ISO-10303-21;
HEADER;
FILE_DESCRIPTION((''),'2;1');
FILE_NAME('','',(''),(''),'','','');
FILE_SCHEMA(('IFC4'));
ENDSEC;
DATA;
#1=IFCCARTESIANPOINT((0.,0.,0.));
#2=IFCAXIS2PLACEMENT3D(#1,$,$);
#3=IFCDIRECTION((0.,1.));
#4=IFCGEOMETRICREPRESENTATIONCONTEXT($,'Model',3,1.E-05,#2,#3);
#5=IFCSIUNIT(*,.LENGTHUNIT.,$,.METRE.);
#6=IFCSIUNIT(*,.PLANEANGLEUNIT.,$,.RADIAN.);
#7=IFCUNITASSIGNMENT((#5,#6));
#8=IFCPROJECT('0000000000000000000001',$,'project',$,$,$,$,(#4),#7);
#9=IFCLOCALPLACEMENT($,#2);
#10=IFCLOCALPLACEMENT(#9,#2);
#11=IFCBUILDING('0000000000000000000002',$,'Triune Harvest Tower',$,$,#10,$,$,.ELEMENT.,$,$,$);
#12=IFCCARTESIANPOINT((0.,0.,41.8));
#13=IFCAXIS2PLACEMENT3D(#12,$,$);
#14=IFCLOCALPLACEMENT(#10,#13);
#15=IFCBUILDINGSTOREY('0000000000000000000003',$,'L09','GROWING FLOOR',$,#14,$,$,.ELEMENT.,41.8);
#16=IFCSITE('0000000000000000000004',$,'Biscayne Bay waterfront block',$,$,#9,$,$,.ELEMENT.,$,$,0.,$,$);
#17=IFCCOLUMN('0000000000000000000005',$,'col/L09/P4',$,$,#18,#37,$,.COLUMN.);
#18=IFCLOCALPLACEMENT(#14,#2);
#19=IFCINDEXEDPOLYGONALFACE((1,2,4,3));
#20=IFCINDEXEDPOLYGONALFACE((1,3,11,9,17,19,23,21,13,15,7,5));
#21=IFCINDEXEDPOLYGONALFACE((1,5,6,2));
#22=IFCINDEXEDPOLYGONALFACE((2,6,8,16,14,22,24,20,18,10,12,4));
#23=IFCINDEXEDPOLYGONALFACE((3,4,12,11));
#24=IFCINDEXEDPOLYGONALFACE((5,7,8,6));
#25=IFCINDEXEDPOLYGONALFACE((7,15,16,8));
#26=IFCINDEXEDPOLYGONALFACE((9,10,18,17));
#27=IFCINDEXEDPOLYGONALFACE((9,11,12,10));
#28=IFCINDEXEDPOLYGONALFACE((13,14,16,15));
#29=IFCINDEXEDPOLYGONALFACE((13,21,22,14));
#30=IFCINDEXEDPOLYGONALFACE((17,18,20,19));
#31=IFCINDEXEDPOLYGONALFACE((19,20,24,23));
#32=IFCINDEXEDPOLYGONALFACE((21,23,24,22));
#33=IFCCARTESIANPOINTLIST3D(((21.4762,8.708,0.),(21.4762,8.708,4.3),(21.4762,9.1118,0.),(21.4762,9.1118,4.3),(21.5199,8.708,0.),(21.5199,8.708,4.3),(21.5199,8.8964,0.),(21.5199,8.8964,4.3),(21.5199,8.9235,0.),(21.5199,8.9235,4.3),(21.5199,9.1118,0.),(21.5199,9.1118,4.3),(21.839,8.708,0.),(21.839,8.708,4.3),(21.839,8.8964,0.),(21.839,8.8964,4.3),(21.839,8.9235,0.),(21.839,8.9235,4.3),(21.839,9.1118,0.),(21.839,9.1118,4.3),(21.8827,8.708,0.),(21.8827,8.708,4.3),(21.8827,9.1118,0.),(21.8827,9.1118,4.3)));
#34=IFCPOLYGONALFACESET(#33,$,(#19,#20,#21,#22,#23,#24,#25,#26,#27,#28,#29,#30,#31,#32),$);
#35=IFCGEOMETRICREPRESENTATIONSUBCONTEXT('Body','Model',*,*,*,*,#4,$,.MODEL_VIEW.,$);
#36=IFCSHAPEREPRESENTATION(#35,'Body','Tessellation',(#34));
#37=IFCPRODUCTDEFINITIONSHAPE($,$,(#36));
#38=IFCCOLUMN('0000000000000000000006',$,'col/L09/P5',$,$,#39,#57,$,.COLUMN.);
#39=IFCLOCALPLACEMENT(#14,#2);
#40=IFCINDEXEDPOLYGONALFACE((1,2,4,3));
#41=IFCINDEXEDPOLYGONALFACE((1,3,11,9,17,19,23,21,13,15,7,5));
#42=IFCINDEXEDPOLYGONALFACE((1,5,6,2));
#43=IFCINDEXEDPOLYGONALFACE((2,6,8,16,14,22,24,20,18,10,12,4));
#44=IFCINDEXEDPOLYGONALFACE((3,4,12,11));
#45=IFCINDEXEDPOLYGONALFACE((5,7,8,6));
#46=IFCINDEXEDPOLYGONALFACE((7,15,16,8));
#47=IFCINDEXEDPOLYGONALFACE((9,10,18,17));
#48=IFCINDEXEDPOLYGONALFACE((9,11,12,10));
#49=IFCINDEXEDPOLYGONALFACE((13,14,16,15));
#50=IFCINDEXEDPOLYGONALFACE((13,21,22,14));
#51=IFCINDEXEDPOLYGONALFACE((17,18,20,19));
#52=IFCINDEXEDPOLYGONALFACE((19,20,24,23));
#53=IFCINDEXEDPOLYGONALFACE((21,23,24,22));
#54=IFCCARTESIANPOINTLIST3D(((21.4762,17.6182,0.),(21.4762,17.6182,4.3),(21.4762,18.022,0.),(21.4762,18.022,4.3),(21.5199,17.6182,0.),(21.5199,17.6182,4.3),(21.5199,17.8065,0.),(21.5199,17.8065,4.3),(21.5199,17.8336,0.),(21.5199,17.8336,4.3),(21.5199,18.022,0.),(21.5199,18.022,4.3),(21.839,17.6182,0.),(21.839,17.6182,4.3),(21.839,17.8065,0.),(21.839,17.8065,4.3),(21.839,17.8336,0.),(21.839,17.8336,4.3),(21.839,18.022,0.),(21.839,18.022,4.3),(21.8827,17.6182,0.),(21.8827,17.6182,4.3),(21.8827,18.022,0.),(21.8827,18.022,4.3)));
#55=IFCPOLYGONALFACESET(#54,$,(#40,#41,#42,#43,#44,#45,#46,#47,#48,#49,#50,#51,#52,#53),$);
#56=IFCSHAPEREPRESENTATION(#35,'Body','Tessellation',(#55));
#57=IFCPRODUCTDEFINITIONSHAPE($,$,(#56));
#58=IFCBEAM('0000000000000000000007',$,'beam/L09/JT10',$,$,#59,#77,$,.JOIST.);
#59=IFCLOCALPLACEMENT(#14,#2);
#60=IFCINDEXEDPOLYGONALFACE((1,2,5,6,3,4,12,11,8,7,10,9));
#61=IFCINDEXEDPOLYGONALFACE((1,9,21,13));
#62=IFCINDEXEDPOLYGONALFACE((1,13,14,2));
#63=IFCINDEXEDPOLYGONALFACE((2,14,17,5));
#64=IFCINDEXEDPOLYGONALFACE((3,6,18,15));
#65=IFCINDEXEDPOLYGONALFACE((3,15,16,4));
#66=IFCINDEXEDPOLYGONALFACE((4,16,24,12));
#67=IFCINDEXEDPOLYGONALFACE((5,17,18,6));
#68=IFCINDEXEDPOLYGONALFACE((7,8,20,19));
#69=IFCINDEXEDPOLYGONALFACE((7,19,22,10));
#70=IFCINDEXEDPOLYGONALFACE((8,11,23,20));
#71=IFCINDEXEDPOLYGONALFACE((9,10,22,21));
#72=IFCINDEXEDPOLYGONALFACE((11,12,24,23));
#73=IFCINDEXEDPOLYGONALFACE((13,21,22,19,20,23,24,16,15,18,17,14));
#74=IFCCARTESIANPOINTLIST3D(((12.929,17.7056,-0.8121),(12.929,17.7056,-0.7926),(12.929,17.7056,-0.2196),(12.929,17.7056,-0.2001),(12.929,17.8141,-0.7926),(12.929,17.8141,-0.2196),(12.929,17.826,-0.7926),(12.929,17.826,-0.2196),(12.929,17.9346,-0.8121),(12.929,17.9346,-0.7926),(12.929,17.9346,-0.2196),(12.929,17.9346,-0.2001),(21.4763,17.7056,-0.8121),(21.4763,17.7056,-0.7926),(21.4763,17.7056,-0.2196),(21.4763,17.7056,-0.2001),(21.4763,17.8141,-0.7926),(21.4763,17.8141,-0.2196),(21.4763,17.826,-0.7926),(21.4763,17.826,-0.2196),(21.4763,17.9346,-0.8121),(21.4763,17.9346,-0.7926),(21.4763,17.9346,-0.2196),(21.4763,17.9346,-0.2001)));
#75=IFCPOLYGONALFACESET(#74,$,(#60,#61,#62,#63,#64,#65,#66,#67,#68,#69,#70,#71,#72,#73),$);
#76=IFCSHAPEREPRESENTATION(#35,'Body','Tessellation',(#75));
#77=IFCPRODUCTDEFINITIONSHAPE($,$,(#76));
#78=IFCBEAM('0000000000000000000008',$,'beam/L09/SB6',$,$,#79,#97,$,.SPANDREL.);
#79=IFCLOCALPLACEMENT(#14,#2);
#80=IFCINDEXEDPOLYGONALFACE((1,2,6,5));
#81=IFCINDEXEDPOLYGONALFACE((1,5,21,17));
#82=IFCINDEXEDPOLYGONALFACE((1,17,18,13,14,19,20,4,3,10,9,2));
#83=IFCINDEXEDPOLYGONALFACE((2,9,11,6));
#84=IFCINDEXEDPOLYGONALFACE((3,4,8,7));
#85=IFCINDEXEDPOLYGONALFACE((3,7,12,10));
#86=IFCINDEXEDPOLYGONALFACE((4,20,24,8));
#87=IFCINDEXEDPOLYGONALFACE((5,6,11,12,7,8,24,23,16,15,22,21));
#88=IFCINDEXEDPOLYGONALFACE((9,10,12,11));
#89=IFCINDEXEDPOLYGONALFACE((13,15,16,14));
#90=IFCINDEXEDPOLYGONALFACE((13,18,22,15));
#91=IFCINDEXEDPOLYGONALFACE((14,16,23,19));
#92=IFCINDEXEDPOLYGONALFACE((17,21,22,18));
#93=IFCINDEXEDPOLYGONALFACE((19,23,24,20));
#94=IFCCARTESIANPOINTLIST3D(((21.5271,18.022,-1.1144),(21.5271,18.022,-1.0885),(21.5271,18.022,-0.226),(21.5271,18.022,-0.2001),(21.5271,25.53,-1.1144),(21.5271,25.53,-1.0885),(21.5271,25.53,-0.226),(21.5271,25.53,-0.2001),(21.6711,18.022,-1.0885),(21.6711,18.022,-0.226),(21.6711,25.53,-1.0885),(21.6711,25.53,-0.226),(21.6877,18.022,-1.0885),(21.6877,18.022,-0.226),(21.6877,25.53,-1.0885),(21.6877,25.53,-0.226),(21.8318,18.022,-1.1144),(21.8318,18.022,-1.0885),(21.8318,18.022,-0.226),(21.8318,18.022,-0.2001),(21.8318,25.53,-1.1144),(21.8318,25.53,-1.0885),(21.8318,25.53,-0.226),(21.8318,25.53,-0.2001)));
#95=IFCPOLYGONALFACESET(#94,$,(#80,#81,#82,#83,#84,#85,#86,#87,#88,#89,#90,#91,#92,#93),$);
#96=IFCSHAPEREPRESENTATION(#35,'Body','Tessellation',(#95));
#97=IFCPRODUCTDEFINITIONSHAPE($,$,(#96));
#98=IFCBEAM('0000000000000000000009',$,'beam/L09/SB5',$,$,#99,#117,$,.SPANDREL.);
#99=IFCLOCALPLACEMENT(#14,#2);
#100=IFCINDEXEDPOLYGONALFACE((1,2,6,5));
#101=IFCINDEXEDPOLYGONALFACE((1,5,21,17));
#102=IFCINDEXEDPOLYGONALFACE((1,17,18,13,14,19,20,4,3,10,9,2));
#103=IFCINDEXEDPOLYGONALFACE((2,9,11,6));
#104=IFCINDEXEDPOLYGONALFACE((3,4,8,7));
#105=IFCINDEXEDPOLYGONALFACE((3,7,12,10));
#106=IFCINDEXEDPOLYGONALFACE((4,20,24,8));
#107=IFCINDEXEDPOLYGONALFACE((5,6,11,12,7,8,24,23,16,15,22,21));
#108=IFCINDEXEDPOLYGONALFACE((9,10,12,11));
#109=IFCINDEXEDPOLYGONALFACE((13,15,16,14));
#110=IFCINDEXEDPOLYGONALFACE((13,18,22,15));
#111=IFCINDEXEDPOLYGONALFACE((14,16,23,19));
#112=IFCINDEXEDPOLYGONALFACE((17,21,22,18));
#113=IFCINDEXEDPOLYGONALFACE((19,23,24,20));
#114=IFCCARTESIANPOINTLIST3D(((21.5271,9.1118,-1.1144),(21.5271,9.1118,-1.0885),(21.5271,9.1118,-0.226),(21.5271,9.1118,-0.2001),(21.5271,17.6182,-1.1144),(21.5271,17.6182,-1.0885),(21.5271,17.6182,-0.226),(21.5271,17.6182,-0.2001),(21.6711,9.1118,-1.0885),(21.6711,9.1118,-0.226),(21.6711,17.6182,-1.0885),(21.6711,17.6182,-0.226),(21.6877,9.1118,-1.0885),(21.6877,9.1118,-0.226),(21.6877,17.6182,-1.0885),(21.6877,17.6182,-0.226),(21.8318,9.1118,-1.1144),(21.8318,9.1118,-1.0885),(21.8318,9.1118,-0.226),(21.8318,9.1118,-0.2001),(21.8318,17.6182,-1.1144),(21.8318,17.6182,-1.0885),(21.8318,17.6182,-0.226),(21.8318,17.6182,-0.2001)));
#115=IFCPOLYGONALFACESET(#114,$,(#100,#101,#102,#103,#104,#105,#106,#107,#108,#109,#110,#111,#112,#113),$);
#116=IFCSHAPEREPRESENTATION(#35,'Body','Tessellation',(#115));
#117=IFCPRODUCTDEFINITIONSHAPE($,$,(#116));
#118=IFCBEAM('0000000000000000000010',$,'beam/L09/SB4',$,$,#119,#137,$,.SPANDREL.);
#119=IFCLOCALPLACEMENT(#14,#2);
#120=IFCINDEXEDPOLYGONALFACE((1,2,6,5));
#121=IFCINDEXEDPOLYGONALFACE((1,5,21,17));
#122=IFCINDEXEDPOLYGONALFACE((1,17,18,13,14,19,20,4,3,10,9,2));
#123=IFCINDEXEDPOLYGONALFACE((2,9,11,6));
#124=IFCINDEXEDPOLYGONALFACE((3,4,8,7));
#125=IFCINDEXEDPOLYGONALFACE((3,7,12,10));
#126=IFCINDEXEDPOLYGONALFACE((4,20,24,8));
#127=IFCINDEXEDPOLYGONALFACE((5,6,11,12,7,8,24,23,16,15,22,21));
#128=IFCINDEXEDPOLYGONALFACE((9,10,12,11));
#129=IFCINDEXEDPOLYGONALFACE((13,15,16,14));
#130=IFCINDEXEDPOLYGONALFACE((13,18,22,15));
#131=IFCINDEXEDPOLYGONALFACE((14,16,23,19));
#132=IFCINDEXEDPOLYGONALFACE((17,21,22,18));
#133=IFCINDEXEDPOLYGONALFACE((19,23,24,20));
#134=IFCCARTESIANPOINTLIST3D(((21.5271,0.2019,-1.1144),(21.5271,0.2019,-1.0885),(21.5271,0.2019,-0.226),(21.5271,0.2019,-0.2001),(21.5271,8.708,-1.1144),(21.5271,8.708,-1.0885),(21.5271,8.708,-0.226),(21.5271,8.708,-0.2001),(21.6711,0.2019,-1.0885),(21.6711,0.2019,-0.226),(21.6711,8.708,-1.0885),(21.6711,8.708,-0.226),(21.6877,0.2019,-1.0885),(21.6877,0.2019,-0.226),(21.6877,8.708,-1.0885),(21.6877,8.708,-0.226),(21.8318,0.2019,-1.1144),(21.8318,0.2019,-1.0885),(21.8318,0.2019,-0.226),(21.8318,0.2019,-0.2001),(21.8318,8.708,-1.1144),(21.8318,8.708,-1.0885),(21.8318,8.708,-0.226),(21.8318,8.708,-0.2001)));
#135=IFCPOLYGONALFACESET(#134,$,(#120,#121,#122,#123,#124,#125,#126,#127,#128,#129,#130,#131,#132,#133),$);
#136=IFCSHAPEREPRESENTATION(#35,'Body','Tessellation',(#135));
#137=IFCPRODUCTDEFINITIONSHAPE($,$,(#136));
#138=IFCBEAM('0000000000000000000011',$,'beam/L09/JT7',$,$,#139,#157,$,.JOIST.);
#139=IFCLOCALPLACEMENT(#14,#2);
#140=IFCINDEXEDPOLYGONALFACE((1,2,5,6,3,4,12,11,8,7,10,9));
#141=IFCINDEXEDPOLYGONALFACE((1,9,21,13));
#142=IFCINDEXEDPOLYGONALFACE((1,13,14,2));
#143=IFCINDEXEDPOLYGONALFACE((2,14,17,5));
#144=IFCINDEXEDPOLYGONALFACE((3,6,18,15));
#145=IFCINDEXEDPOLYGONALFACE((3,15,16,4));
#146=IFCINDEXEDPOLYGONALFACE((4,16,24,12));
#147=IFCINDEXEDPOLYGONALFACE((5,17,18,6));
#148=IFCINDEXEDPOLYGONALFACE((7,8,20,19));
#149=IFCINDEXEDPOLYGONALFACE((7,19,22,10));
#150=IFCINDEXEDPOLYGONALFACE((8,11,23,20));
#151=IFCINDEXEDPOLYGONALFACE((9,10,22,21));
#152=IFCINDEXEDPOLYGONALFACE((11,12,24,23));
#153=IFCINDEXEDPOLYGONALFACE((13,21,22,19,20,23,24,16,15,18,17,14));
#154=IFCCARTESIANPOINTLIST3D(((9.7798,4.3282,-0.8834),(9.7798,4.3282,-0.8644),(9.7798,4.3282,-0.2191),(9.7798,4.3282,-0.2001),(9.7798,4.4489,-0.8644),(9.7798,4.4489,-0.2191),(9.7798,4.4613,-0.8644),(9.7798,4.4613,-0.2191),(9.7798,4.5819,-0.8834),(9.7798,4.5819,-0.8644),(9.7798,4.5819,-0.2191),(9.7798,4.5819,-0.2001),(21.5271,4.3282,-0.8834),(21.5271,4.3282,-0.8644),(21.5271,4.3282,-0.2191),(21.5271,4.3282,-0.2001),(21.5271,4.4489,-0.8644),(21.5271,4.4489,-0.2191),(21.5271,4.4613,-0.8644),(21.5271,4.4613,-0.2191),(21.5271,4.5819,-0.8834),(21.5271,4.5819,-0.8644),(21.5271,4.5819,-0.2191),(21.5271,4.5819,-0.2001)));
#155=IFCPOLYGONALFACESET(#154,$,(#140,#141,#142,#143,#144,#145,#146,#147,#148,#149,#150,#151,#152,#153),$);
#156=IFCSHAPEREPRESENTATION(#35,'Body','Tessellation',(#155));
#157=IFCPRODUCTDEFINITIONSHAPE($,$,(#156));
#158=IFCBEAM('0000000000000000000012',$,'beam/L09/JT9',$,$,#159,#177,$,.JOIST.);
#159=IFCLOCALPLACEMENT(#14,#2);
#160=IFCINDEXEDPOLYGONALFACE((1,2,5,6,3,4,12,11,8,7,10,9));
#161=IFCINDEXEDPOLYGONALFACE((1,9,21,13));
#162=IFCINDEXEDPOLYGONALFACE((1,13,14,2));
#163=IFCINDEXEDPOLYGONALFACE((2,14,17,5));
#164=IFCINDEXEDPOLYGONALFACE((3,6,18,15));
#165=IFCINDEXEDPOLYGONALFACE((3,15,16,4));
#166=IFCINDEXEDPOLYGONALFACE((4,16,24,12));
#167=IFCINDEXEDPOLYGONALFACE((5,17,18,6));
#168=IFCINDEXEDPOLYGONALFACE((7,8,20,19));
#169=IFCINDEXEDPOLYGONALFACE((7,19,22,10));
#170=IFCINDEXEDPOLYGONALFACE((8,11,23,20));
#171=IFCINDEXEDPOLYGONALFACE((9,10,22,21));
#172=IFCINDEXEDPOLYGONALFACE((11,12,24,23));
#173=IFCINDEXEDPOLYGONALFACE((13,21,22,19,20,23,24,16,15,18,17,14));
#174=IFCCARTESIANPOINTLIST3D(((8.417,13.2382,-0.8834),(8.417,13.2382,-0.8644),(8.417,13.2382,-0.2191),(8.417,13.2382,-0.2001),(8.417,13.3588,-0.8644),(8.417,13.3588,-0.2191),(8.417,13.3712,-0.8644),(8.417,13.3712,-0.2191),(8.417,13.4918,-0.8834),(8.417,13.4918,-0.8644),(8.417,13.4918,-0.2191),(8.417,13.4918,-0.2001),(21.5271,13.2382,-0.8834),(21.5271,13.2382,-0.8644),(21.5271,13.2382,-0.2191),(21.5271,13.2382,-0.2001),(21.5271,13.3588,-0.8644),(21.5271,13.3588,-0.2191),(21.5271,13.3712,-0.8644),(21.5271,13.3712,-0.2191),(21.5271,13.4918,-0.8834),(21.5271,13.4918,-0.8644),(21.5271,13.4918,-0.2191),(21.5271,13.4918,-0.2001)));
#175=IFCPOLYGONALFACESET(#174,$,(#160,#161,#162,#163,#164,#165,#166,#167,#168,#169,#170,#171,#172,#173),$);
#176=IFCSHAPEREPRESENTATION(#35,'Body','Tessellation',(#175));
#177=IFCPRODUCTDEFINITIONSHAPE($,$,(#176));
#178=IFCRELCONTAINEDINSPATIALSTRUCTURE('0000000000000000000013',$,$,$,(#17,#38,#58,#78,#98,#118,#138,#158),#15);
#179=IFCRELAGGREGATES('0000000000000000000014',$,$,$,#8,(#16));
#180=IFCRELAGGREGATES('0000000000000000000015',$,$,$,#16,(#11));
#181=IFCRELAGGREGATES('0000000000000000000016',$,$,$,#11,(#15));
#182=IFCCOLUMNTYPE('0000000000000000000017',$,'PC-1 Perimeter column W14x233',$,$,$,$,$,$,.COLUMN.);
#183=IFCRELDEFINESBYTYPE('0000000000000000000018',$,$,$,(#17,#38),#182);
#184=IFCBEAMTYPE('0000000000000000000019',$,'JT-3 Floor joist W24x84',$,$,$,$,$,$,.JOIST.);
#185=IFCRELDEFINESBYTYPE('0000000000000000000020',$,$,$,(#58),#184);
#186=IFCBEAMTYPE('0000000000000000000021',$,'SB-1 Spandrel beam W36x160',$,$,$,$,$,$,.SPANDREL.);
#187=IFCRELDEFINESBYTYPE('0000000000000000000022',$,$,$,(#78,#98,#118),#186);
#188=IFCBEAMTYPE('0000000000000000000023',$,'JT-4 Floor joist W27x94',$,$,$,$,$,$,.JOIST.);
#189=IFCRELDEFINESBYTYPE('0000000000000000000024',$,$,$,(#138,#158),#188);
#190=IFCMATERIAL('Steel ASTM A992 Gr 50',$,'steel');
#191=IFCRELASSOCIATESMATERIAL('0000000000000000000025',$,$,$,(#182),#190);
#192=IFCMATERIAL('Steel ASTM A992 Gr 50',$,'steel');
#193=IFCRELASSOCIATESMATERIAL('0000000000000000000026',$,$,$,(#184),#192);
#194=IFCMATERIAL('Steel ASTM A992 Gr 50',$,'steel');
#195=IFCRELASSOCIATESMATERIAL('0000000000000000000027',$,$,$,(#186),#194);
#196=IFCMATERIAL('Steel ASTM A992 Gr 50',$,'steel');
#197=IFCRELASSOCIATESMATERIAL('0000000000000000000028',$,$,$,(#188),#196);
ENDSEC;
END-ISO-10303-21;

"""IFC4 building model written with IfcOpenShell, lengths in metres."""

from ifc_helpers import new_model, si_unit, direction, frame, origin, origin_2d, place, context, subcontext, project, spatial, i_section, extrude, source, transform, mapped, material, material_profile, profile_set, type_object, element, save


model = new_model("IFC4")

# Units and contexts
model_context = context("Model", 3, precision=1e-05, world=origin(), true_north=direction((0.0, 1.0)))
body_context = subcontext(model_context, "Body", "Model", "MODEL_VIEW")
ifc_project = project(units=[si_unit("LENGTHUNIT", "METRE"), si_unit("PLANEANGLEUNIT", "RADIAN")], contexts=[model_context])

# Site, building, storey
site_placement = place(None, origin())
site = spatial("IfcSite", under=ifc_project, at=site_placement, Name="Biscayne Bay waterfront block", CompositionType="ELEMENT", RefElevation=0.0)
building_placement = place(site_placement, origin())
building = spatial("IfcBuilding", under=site, at=building_placement, Name="Triune Harvest Tower", CompositionType="ELEMENT")
storey_placement = place(building_placement, frame((0.0, 0.0, 41.8)))
storey = spatial("IfcBuildingStorey", under=building, at=storey_placement, Name="L09", Description="GROWING FLOOR", CompositionType="ELEMENT", Elevation=41.8)

# Columns
ifc_material_1 = material(Name="Steel ASTM A992 Gr 50", Category="steel")
ifc_material_profile_1 = material_profile(ifc_material_1, i_section(OverallWidth=0.4038, OverallDepth=0.4065, WebThickness=0.0271, FlangeThickness=0.0437, at=origin_2d()), Name="W14x233")
ifc_profile_set_1 = profile_set([ifc_material_profile_1], Name="Steel ASTM A992 Gr 50")
column_type = type_object("IfcColumnType", Name="PC-1 Perimeter column W14x233", PredefinedType="COLUMN", material=ifc_profile_set_1)
shared_shape_1 = source(origin(), body_context, "Body", "SweptSolid", [
    extrude(i_section(OverallWidth=0.4038, OverallDepth=0.4065, WebThickness=0.0271, FlangeThickness=0.0437, at=origin_2d()), origin(), (0.0, 0.0, 1.0), 4.3),
])
for number, where, z_axis, x_axis, name in (
    (1, (21.6794, 8.9099, 0.0), (0.0, 0.0, 1.0), (0.0, 1.0, 0.0), "col/L09/P4"),
    (2, (21.6794, 17.8201, 0.0), (0.0, 0.0, 1.0), (0.0, 1.0, 0.0), "col/L09/P5"),
):
    element("IfcColumn", number, at=place(storey_placement, frame(where, z_axis=z_axis, x_axis=x_axis)), inside=storey, type_object=column_type, Name=name, PredefinedType="COLUMN", context=body_context, shape_type="MappedRepresentation", body=[
        mapped(shared_shape_1, transform((0.0, 0.0, 0.0), scale=1.0)),
    ])

# Beams
ifc_material_2 = material(Name="Steel ASTM A992 Gr 50", Category="steel")
ifc_material_profile_2 = material_profile(ifc_material_2, i_section(OverallWidth=0.229, OverallDepth=0.6121, WebThickness=0.012, FlangeThickness=0.0195, at=origin_2d()), Name="W24x84")
ifc_profile_set_2 = profile_set([ifc_material_profile_2], Name="Steel ASTM A992 Gr 50")
beam_type_1 = type_object("IfcBeamType", Name="JT-3 Floor joist W24x84", PredefinedType="JOIST", material=ifc_profile_set_2)
shared_shape_2 = source(origin(), body_context, "Body", "SweptSolid", [
    extrude(i_section(OverallWidth=0.229, OverallDepth=0.6121, WebThickness=0.012, FlangeThickness=0.0195, at=origin_2d()), origin(), (0.0, 0.0, 1.0), 8.5474),
])
beam_1_placement = place(storey_placement, frame((21.4763, 17.8201, -0.5061), z_axis=(-1.0, 0.0, 0.0), x_axis=(0.0, -1.0, 0.0)))
element("IfcBeam", 3, at=beam_1_placement, inside=storey, type_object=beam_type_1, Name="beam/L09/JT10", PredefinedType="JOIST", context=body_context, shape_type="MappedRepresentation", body=[
    mapped(shared_shape_2, transform((0.0, 0.0, 0.0), scale=1.0)),
])
ifc_material_3 = material(Name="Steel ASTM A992 Gr 50", Category="steel")
ifc_material_profile_3 = material_profile(ifc_material_3, i_section(OverallWidth=0.3047, OverallDepth=0.9143, WebThickness=0.0166, FlangeThickness=0.0259, at=origin_2d()), Name="W36x160")
ifc_profile_set_3 = profile_set([ifc_material_profile_3], Name="Steel ASTM A992 Gr 50")
beam_type_2 = type_object("IfcBeamType", Name="SB-1 Spandrel beam W36x160", PredefinedType="SPANDREL", material=ifc_profile_set_3)
shared_shape_3 = source(origin(), body_context, "Body", "SweptSolid", [
    extrude(i_section(OverallWidth=0.3047, OverallDepth=0.9143, WebThickness=0.0166, FlangeThickness=0.0259, at=origin_2d()), origin(), (0.0, 0.0, 1.0), 7.5081),
])
beam_2_placement = place(storey_placement, frame((21.6794, 18.022, -0.6572), z_axis=(0.0, 1.0, 0.0), x_axis=(-1.0, 0.0, 0.0)))
element("IfcBeam", 4, at=beam_2_placement, inside=storey, type_object=beam_type_2, Name="beam/L09/SB6", PredefinedType="SPANDREL", context=body_context, shape_type="MappedRepresentation", body=[
    mapped(shared_shape_3, transform((0.0, 0.0, 0.0), scale=1.0)),
])
shared_shape_4 = source(origin(), body_context, "Body", "SweptSolid", [
    extrude(i_section(OverallWidth=0.3047, OverallDepth=0.9143, WebThickness=0.0166, FlangeThickness=0.0259, at=origin_2d()), origin(), (0.0, 0.0, 1.0), 8.5063),
])
beam_3_placement = place(storey_placement, frame((21.6794, 9.1118, -0.6572), z_axis=(0.0, 1.0, 0.0), x_axis=(-1.0, 0.0, 0.0)))
element("IfcBeam", 5, at=beam_3_placement, inside=storey, type_object=beam_type_2, Name="beam/L09/SB5", PredefinedType="SPANDREL", context=body_context, shape_type="MappedRepresentation", body=[
    mapped(shared_shape_4, transform((0.0, 0.0, 0.0), scale=1.0)),
])
shared_shape_5 = source(origin(), body_context, "Body", "SweptSolid", [
    extrude(i_section(OverallWidth=0.3047, OverallDepth=0.9143, WebThickness=0.0166, FlangeThickness=0.0259, at=origin_2d()), origin(), (0.0, 0.0, 1.0), 8.5061),
])
beam_4_placement = place(storey_placement, frame((21.6794, 0.2019, -0.6572), z_axis=(0.0, 1.0, 0.0), x_axis=(-1.0, 0.0, 0.0)))
element("IfcBeam", 6, at=beam_4_placement, inside=storey, type_object=beam_type_2, Name="beam/L09/SB4", PredefinedType="SPANDREL", context=body_context, shape_type="MappedRepresentation", body=[
    mapped(shared_shape_5, transform((0.0, 0.0, 0.0), scale=1.0)),
])
ifc_material_4 = material(Name="Steel ASTM A992 Gr 50", Category="steel")
ifc_material_profile_4 = material_profile(ifc_material_4, i_section(OverallWidth=0.2537, OverallDepth=0.6833, WebThickness=0.0125, FlangeThickness=0.019, at=origin_2d()), Name="W27x94")
ifc_profile_set_4 = profile_set([ifc_material_profile_4], Name="Steel ASTM A992 Gr 50")
beam_type_3 = type_object("IfcBeamType", Name="JT-4 Floor joist W27x94", PredefinedType="JOIST", material=ifc_profile_set_4)
shared_shape_6 = source(origin(), body_context, "Body", "SweptSolid", [
    extrude(i_section(OverallWidth=0.2537, OverallDepth=0.6833, WebThickness=0.0125, FlangeThickness=0.019, at=origin_2d()), origin(), (0.0, 0.0, 1.0), 11.7473),
])
beam_5_placement = place(storey_placement, frame((21.5271, 4.4551, -0.5417), z_axis=(-1.0, 0.0, 0.0), x_axis=(0.0, -1.0, 0.0)))
element("IfcBeam", 7, at=beam_5_placement, inside=storey, type_object=beam_type_3, Name="beam/L09/JT7", PredefinedType="JOIST", context=body_context, shape_type="MappedRepresentation", body=[
    mapped(shared_shape_6, transform((0.0, 0.0, 0.0), scale=1.0)),
])
shared_shape_7 = source(origin(), body_context, "Body", "SweptSolid", [
    extrude(i_section(OverallWidth=0.2537, OverallDepth=0.6833, WebThickness=0.0125, FlangeThickness=0.019, at=origin_2d()), origin(), (0.0, 0.0, 1.0), 13.1101),
])
beam_6_placement = place(storey_placement, frame((21.5271, 13.365, -0.5417), z_axis=(-1.0, 0.0, 0.0), x_axis=(0.0, -1.0, 0.0)))
element("IfcBeam", 8, at=beam_6_placement, inside=storey, type_object=beam_type_3, Name="beam/L09/JT9", PredefinedType="JOIST", context=body_context, shape_type="MappedRepresentation", body=[
    mapped(shared_shape_7, transform((0.0, 0.0, 0.0), scale=1.0)),
])

save(model, "model.ifc")
